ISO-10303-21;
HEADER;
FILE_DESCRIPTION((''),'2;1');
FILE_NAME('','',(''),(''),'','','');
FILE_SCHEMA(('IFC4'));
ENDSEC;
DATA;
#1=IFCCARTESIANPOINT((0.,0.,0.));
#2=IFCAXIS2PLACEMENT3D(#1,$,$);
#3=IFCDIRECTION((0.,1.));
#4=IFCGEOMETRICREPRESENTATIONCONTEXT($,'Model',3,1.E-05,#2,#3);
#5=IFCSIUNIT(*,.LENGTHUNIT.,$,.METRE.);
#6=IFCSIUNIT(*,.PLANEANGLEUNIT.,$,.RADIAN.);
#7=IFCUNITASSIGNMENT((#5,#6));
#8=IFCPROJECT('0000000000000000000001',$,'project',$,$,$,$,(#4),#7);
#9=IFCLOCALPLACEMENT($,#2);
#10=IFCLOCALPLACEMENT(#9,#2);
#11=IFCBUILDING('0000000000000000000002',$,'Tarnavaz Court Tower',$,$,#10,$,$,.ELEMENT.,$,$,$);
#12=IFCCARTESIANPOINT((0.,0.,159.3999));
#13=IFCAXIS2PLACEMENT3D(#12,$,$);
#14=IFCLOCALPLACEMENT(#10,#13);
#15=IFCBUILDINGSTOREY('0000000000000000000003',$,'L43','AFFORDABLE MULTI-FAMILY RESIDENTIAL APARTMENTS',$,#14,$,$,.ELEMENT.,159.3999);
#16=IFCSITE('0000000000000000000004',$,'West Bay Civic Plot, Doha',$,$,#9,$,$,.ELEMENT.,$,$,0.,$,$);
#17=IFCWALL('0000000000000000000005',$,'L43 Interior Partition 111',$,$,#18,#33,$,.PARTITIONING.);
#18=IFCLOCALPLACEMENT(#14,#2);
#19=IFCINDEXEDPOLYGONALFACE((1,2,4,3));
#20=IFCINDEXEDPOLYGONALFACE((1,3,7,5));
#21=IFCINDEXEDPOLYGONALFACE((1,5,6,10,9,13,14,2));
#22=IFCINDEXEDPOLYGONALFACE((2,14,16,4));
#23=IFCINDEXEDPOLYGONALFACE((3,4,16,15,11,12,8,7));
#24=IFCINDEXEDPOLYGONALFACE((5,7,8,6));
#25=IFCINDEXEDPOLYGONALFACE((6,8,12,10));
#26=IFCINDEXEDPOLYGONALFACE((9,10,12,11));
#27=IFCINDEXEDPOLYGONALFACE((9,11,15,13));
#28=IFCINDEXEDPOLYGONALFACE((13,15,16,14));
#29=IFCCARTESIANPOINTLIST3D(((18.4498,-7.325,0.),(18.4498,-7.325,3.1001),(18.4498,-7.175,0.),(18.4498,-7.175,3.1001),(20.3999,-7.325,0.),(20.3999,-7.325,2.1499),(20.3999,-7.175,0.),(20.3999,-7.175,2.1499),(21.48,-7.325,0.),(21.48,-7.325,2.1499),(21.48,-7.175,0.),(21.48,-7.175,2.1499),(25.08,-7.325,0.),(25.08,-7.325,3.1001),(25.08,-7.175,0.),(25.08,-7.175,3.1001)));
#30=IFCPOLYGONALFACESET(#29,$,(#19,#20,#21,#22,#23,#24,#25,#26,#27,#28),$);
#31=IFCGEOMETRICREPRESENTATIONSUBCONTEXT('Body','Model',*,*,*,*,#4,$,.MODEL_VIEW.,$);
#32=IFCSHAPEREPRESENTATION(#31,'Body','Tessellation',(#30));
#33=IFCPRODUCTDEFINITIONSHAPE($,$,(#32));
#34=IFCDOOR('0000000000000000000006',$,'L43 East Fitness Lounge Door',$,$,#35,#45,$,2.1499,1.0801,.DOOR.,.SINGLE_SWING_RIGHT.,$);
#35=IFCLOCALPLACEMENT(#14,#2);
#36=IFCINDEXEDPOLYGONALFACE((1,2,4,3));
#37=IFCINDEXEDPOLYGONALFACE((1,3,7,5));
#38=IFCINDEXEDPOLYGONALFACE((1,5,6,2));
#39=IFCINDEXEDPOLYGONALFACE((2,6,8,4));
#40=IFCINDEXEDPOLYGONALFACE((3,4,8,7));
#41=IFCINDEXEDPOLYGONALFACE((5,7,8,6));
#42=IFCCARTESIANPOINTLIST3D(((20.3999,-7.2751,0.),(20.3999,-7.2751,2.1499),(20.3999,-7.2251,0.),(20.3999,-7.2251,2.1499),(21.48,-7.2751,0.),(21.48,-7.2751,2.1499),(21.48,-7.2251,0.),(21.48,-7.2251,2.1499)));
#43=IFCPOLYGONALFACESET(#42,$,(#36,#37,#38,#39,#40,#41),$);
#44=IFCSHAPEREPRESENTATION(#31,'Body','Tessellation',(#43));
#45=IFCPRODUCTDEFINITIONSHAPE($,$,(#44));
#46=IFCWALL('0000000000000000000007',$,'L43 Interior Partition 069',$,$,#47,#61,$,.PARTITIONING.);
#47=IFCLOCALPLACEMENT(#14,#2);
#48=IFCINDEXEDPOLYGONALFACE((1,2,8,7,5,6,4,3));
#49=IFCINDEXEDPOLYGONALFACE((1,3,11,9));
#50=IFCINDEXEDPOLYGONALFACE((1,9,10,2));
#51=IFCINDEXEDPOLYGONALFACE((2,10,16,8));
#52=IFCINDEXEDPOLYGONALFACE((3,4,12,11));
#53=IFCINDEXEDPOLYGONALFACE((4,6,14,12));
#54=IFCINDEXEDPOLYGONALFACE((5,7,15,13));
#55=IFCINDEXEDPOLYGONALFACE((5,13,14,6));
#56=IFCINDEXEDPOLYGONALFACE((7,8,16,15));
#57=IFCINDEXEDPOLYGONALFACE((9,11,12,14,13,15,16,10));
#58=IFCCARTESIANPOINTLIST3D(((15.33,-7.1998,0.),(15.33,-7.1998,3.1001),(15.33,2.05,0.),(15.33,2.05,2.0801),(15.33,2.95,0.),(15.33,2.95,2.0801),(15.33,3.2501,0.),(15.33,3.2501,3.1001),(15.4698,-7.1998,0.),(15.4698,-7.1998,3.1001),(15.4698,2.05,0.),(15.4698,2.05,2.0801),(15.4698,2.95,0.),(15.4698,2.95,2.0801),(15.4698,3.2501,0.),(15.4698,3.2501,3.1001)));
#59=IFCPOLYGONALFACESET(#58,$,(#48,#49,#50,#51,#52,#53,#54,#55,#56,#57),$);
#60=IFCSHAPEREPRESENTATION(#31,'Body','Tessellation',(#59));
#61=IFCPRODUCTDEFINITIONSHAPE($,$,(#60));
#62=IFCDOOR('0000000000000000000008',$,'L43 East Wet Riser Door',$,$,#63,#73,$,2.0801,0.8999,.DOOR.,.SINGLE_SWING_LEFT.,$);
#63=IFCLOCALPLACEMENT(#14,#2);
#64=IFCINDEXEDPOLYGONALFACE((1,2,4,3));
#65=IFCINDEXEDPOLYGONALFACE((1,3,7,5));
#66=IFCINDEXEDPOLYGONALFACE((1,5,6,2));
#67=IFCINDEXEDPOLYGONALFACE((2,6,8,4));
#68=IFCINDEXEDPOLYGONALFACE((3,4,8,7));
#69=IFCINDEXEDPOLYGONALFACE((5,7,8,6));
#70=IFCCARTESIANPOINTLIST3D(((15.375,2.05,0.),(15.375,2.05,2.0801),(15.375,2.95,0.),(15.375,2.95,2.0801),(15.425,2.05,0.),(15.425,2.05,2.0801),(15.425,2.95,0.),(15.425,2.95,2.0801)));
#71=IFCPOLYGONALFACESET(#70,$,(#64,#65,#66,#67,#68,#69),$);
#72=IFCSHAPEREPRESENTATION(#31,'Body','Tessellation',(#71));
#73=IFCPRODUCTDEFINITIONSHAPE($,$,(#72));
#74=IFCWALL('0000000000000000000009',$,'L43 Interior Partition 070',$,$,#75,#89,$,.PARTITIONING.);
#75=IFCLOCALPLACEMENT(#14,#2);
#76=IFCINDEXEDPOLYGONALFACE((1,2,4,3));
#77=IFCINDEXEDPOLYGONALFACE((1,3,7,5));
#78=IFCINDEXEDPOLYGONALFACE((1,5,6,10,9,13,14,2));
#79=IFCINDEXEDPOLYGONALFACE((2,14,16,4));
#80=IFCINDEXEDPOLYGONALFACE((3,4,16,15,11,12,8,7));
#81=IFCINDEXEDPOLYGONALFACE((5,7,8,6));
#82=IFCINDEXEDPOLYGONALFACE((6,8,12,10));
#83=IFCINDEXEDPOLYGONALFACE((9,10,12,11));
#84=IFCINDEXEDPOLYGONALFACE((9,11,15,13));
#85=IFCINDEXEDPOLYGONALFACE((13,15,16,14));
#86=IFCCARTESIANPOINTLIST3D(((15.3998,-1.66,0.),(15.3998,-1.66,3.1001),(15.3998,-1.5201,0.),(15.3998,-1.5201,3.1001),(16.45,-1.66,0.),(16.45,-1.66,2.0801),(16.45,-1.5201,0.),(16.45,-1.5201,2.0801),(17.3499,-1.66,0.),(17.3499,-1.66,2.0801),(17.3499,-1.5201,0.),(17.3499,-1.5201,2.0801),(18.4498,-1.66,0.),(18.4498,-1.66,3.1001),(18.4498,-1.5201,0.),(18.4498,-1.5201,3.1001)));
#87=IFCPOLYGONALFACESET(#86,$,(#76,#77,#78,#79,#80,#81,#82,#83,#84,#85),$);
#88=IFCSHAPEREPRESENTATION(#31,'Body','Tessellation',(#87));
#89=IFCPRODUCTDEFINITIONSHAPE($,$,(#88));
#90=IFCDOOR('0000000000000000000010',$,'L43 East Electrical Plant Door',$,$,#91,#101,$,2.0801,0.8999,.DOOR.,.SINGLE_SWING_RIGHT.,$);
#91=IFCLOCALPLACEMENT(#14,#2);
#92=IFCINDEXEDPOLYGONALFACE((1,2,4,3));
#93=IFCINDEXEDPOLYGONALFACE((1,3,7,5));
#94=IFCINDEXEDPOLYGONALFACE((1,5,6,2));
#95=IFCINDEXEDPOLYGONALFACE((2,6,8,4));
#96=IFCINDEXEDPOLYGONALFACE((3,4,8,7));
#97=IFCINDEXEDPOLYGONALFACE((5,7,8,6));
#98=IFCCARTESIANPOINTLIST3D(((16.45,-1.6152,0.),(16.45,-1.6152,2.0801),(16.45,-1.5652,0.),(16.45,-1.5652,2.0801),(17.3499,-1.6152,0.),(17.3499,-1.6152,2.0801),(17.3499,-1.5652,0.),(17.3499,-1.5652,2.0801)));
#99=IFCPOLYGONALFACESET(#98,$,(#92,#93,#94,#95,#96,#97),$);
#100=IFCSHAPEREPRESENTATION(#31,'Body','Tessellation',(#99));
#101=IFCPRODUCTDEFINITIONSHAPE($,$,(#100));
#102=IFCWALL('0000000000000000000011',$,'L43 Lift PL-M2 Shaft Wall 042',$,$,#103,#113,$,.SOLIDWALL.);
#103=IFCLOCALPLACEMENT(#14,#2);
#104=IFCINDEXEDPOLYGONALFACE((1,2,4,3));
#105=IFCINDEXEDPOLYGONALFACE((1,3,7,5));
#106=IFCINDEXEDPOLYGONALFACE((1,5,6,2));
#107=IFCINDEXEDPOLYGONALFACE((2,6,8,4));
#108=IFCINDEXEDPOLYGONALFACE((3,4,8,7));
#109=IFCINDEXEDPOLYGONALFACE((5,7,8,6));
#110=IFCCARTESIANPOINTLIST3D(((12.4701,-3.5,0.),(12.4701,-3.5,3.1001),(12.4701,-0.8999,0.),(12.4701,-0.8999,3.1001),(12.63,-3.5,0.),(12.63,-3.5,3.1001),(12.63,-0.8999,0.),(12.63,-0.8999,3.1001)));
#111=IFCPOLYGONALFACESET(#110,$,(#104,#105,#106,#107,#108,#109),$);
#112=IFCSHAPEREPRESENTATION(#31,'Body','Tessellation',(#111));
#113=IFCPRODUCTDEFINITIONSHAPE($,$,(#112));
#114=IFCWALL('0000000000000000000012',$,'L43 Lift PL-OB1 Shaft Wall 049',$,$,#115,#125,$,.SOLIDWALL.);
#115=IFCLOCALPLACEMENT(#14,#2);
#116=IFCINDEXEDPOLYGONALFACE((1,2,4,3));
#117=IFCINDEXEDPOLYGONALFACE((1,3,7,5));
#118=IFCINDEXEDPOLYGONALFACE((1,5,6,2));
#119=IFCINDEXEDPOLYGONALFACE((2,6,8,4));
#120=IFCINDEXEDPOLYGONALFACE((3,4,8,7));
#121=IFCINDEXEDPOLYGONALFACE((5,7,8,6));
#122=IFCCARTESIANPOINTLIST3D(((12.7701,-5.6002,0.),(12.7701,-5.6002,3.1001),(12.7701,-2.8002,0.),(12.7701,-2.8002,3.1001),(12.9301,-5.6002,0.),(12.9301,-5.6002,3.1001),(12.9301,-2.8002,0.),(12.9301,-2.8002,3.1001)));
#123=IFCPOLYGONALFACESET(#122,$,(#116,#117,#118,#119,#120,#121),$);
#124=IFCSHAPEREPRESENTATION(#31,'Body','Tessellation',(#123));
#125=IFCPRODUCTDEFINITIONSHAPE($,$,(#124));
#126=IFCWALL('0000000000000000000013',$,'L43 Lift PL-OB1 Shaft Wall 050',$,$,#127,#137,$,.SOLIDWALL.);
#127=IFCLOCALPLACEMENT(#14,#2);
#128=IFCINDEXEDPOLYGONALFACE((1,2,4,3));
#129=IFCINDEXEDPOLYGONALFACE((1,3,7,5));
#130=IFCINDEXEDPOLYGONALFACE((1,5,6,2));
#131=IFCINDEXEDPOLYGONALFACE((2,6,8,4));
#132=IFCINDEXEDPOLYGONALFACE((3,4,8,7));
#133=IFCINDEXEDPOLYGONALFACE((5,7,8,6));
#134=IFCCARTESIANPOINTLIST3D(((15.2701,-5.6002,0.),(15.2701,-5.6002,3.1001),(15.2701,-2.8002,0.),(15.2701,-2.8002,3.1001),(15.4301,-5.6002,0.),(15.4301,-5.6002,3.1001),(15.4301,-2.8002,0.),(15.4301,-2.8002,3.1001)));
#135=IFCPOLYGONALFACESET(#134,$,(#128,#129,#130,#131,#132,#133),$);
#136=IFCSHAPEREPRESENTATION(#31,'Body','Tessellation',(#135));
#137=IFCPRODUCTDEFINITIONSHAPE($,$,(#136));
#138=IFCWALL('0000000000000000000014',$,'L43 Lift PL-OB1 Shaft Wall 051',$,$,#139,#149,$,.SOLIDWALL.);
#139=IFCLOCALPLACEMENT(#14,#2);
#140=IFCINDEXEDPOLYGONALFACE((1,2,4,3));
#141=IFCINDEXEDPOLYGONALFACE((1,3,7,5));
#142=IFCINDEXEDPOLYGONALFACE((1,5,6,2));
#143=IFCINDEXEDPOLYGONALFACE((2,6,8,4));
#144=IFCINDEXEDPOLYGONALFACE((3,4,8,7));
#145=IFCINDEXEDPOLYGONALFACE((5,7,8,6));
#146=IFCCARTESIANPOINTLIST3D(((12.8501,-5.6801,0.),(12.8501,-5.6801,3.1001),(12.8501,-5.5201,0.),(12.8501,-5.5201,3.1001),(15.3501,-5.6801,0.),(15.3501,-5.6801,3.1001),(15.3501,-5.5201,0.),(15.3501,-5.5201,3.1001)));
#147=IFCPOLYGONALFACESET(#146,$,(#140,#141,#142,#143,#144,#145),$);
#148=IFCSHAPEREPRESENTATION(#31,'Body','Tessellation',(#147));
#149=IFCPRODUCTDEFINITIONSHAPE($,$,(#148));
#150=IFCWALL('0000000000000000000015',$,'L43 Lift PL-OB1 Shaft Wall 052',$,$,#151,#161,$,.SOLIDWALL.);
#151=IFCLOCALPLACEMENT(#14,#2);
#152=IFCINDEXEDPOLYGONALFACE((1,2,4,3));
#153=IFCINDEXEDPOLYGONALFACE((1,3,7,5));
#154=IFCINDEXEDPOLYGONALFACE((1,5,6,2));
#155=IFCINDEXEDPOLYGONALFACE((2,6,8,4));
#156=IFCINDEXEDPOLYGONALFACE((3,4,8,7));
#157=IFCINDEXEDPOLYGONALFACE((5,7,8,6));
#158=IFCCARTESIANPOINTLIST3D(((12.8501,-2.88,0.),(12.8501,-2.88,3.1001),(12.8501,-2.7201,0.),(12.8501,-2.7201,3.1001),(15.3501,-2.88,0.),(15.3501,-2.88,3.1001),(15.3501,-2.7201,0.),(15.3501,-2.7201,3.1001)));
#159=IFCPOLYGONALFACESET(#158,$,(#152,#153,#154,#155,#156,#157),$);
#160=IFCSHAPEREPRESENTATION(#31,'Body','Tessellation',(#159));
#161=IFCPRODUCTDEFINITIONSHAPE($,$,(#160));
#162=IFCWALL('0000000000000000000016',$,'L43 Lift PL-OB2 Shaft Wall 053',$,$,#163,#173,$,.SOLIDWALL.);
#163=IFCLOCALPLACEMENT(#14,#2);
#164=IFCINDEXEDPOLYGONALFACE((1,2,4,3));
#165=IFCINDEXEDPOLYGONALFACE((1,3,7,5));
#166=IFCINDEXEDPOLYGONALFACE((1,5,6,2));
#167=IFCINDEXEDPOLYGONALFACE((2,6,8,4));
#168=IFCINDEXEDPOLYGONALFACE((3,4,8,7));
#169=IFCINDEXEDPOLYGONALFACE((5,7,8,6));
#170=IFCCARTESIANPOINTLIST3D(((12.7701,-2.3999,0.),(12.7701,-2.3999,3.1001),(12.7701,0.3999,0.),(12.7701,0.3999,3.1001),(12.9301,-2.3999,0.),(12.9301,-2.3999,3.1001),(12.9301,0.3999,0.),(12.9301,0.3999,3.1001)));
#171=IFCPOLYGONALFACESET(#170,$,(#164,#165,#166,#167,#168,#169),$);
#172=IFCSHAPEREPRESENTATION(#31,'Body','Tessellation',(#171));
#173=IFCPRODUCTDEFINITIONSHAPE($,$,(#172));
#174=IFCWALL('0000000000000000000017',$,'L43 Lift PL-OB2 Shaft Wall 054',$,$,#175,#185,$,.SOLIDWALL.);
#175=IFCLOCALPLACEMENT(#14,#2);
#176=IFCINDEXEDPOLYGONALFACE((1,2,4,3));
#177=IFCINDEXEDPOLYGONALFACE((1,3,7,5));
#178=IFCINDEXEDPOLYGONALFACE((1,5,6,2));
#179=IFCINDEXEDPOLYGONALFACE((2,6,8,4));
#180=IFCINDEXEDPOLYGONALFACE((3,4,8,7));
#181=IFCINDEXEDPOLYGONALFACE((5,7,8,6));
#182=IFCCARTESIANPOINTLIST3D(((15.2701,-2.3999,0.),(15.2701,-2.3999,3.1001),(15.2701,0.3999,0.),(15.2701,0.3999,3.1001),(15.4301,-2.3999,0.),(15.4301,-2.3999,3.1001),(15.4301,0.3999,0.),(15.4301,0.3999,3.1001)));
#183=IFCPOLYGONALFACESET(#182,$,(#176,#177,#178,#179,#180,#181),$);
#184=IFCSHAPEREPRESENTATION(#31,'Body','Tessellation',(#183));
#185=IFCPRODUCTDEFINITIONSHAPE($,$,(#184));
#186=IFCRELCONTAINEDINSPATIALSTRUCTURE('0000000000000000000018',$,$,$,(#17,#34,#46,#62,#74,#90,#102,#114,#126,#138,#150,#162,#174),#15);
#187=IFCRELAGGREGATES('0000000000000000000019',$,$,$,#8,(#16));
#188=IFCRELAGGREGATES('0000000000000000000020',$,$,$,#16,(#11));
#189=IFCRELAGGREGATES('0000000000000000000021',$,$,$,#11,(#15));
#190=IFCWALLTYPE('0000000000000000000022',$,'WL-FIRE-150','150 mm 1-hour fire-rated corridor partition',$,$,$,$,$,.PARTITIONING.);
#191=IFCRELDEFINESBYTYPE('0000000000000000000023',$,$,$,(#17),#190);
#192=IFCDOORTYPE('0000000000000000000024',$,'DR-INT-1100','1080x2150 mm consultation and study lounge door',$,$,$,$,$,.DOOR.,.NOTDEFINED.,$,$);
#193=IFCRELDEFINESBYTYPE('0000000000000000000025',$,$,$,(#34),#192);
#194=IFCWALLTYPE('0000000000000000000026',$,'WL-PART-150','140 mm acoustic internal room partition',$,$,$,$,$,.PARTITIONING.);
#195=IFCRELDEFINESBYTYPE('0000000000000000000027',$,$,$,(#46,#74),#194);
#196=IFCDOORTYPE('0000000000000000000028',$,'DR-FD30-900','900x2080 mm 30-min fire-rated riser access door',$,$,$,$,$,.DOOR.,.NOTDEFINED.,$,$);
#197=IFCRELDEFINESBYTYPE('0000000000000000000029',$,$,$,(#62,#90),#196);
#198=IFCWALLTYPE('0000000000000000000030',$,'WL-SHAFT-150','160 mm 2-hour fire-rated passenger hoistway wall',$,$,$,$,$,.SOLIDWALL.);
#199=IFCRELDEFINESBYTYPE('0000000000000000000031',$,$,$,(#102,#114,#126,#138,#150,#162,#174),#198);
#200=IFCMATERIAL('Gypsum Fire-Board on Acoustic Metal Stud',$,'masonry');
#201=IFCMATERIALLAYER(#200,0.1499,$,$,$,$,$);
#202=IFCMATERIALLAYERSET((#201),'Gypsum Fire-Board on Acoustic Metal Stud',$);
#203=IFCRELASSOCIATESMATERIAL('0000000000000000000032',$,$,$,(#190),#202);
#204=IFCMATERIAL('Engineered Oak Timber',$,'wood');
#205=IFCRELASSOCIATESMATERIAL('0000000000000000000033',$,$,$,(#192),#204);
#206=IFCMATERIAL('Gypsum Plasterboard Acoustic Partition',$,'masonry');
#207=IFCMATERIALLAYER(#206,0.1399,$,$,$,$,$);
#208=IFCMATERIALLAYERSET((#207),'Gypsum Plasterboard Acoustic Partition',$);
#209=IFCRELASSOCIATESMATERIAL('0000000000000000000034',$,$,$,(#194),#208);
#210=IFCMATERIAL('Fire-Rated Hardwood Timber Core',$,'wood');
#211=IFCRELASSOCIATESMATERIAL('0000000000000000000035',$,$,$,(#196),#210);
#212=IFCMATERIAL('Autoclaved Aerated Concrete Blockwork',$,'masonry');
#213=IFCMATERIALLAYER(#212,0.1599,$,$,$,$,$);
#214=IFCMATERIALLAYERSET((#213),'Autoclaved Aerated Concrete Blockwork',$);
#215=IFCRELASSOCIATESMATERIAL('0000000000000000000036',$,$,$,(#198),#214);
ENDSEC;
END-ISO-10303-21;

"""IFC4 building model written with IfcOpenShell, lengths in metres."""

from ifc_helpers import new_model, si_unit, direction, frame, frame_2d, origin, place, context, subcontext, project, spatial, rectangle, extrude, material, layer, layer_set, type_object, element, fill, save


model = new_model("IFC4")

# Units and contexts
model_context = context("Model", 3, precision=1e-05, world=origin(), true_north=direction((0.0, 1.0)))
body_context = subcontext(model_context, "Body", "Model", "MODEL_VIEW")
ifc_project = project(units=[si_unit("LENGTHUNIT", "METRE"), si_unit("PLANEANGLEUNIT", "RADIAN")], contexts=[model_context])

# Site, building, storey
site_placement = place(None, origin())
site = spatial("IfcSite", under=ifc_project, at=site_placement, Name="West Bay Civic Plot, Doha", CompositionType="ELEMENT", RefElevation=0.0)
building_placement = place(site_placement, origin())
building = spatial("IfcBuilding", under=site, at=building_placement, Name="Tarnavaz Court Tower", CompositionType="ELEMENT")
storey_placement = place(building_placement, frame((0.0, 0.0, 159.3999)))
storey = spatial("IfcBuildingStorey", under=building, at=storey_placement, Name="L43", Description="AFFORDABLE MULTI-FAMILY RESIDENTIAL APARTMENTS", CompositionType="ELEMENT", Elevation=159.3999)

# Walls, openings, doors
ifc_material_1 = material(Name="Gypsum Fire-Board on Acoustic Metal Stud", Category="masonry")
ifc_layer_1 = layer(ifc_material_1, 0.1499)
ifc_layer_set_1 = layer_set([ifc_layer_1], Name="Gypsum Fire-Board on Acoustic Metal Stud")
wall_type_1 = type_object("IfcWallType", Name="WL-FIRE-150", Description="150 mm 1-hour fire-rated corridor partition", PredefinedType="PARTITIONING", material=ifc_layer_set_1)
wall_1_placement = place(storey_placement, frame((18.45, -7.25, 0.0), z_axis=(0.0, 0.0, 1.0), x_axis=(1.0, 0.0, 0.0)))
wall_1 = element("IfcWall", 1, at=wall_1_placement, inside=storey, type_object=wall_type_1, Name="L43 Interior Partition 111", PredefinedType="PARTITIONING", context=body_context, shape_type="SweptSolid", body=[
    extrude(rectangle(XDim=6.6301, YDim=0.1499, at=frame_2d((3.3149, 0.0))), origin(), (0.0, 0.0, 1.0), 3.1001),
])
opening_1_placement = place(wall_1_placement, frame((1.95, 0.0, 0.0)))
opening_1 = element("IfcOpeningElement", 2, at=opening_1_placement, cuts=wall_1, PredefinedType="OPENING", context=body_context, shape_type="SweptSolid", body=[
    extrude(rectangle(XDim=1.0801, YDim=2.1499, at=frame_2d((0.54, 1.075))), frame((0.0, 0.085, 0.0), z_axis=(0.0, -1.0, 0.0), x_axis=(1.0, 0.0, 0.0)), (0.0, 0.0, 1.0), 0.1699),
])
ifc_material_2 = material(Name="Engineered Oak Timber", Category="wood")
door_type_1 = type_object("IfcDoorType", Name="DR-INT-1100", Description="1080x2150 mm consultation and study lounge door", OperationType="NOTDEFINED", PredefinedType="DOOR", material=ifc_material_2)
door_1_placement = place(opening_1_placement, origin())
door_1 = element("IfcDoor", 3, at=door_1_placement, inside=storey, type_object=door_type_1, Name="L43 East Fitness Lounge Door", OperationType="SINGLE_SWING_RIGHT", OverallHeight=2.1499, OverallWidth=1.0801, PredefinedType="DOOR", context=body_context, shape_type="SweptSolid", body=[
    extrude(rectangle(XDim=1.0801, YDim=2.1499, at=frame_2d((0.54, 1.075))), frame((0.0, 0.0249, 0.0), z_axis=(0.0, -1.0, 0.0), x_axis=(1.0, 0.0, 0.0)), (0.0, 0.0, 1.0), 0.05),
])
fill(opening_1, door_1)
ifc_material_3 = material(Name="Gypsum Plasterboard Acoustic Partition", Category="masonry")
ifc_layer_2 = layer(ifc_material_3, 0.1399)
ifc_layer_set_2 = layer_set([ifc_layer_2], Name="Gypsum Plasterboard Acoustic Partition")
wall_type_2 = type_object("IfcWallType", Name="WL-PART-150", Description="140 mm acoustic internal room partition", PredefinedType="PARTITIONING", material=ifc_layer_set_2)
wall_2_placement = place(storey_placement, frame((15.3999, -7.2, 0.0), z_axis=(0.0, 0.0, 1.0), x_axis=(0.0, 1.0, 0.0)))
wall_2 = element("IfcWall", 4, at=wall_2_placement, inside=storey, type_object=wall_type_2, Name="L43 Interior Partition 069", PredefinedType="PARTITIONING", context=body_context, shape_type="SweptSolid", body=[
    extrude(rectangle(XDim=10.45, YDim=0.1399, at=frame_2d((5.2251, 0.0))), origin(), (0.0, 0.0, 1.0), 3.1001),
])
opening_2_placement = place(wall_2_placement, frame((9.25, 0.0, 0.0)))
opening_2 = element("IfcOpeningElement", 5, at=opening_2_placement, cuts=wall_2, PredefinedType="OPENING", context=body_context, shape_type="SweptSolid", body=[
    extrude(rectangle(XDim=0.8999, YDim=2.0801, at=frame_2d((0.45, 1.04))), frame((0.0, 0.0798, 0.0), z_axis=(0.0, -1.0, 0.0), x_axis=(1.0, 0.0, 0.0)), (0.0, 0.0, 1.0), 0.1599),
])
ifc_material_4 = material(Name="Fire-Rated Hardwood Timber Core", Category="wood")
door_type_2 = type_object("IfcDoorType", Name="DR-FD30-900", Description="900x2080 mm 30-min fire-rated riser access door", OperationType="NOTDEFINED", PredefinedType="DOOR", material=ifc_material_4)
door_2_placement = place(opening_2_placement, origin())
door_2 = element("IfcDoor", 6, at=door_2_placement, inside=storey, type_object=door_type_2, Name="L43 East Wet Riser Door", OperationType="SINGLE_SWING_LEFT", OverallHeight=2.0801, OverallWidth=0.8999, PredefinedType="DOOR", context=body_context, shape_type="SweptSolid", body=[
    extrude(rectangle(XDim=0.8999, YDim=2.0801, at=frame_2d((0.45, 1.04))), frame((0.0, 0.0249, 0.0), z_axis=(0.0, -1.0, 0.0), x_axis=(1.0, 0.0, 0.0)), (0.0, 0.0, 1.0), 0.05),
])
fill(opening_2, door_2)
wall_3_placement = place(storey_placement, frame((15.3999, -1.5901, 0.0), z_axis=(0.0, 0.0, 1.0), x_axis=(1.0, 0.0, 0.0)))
wall_3 = element("IfcWall", 7, at=wall_3_placement, inside=storey, type_object=wall_type_2, Name="L43 Interior Partition 070", PredefinedType="PARTITIONING", context=body_context, shape_type="SweptSolid", body=[
    extrude(rectangle(XDim=3.05, YDim=0.1399, at=frame_2d((1.5249, 0.0))), origin(), (0.0, 0.0, 1.0), 3.1001),
])
opening_3_placement = place(wall_3_placement, frame((1.05, 0.0, 0.0)))
opening_3 = element("IfcOpeningElement", 8, at=opening_3_placement, cuts=wall_3, PredefinedType="OPENING", context=body_context, shape_type="SweptSolid", body=[
    extrude(rectangle(XDim=0.8999, YDim=2.0801, at=frame_2d((0.45, 1.04))), frame((0.0, 0.0798, 0.0), z_axis=(0.0, -1.0, 0.0), x_axis=(1.0, 0.0, 0.0)), (0.0, 0.0, 1.0), 0.1599),
])
door_3_placement = place(opening_3_placement, origin())
door_3 = element("IfcDoor", 9, at=door_3_placement, inside=storey, type_object=door_type_2, Name="L43 East Electrical Plant Door", OperationType="SINGLE_SWING_RIGHT", OverallHeight=2.0801, OverallWidth=0.8999, PredefinedType="DOOR", context=body_context, shape_type="SweptSolid", body=[
    extrude(rectangle(XDim=0.8999, YDim=2.0801, at=frame_2d((0.45, 1.04))), frame((0.0, 0.0249, 0.0), z_axis=(0.0, -1.0, 0.0), x_axis=(1.0, 0.0, 0.0)), (0.0, 0.0, 1.0), 0.05),
])
fill(opening_3, door_3)

# Walls
ifc_material_5 = material(Name="Autoclaved Aerated Concrete Blockwork", Category="masonry")
ifc_layer_3 = layer(ifc_material_5, 0.1599)
ifc_layer_set_3 = layer_set([ifc_layer_3], Name="Autoclaved Aerated Concrete Blockwork")
wall_type_3 = type_object("IfcWallType", Name="WL-SHAFT-150", Description="160 mm 2-hour fire-rated passenger hoistway wall", PredefinedType="SOLIDWALL", material=ifc_layer_set_3)
wall_4_placement = place(storey_placement, frame((12.55, -3.5, 0.0), z_axis=(0.0, 0.0, 1.0), x_axis=(0.0, 1.0, 0.0)))
element("IfcWall", 10, at=wall_4_placement, inside=storey, type_object=wall_type_3, Name="L43 Lift PL-M2 Shaft Wall 042", PredefinedType="SOLIDWALL", context=body_context, shape_type="SweptSolid", body=[
    extrude(rectangle(XDim=2.6001, YDim=0.1599, at=frame_2d((1.3, 0.0))), origin(), (0.0, 0.0, 1.0), 3.1001),
])
for number, where, z_axis, x_axis, name in (
    (11, (12.8501, -5.6001, 0.0), (0.0, 0.0, 1.0), (0.0, 1.0, 0.0), "L43 Lift PL-OB1 Shaft Wall 049"),
    (12, (15.3501, -5.6001, 0.0), (0.0, 0.0, 1.0), (0.0, 1.0, 0.0), "L43 Lift PL-OB1 Shaft Wall 050"),
):
    element("IfcWall", number, at=place(storey_placement, frame(where, z_axis=z_axis, x_axis=x_axis)), inside=storey, type_object=wall_type_3, Name=name, PredefinedType="SOLIDWALL", context=body_context, shape_type="SweptSolid", body=[
        extrude(rectangle(XDim=2.8, YDim=0.1599, at=frame_2d((1.3999, 0.0))), origin(), (0.0, 0.0, 1.0), 3.1001),
    ])
for number, where, z_axis, x_axis, name in (
    (13, (12.8501, -5.6001, 0.0), (0.0, 0.0, 1.0), (1.0, 0.0, 0.0), "L43 Lift PL-OB1 Shaft Wall 051"),
    (14, (12.8501, -2.8, 0.0), (0.0, 0.0, 1.0), (1.0, 0.0, 0.0), "L43 Lift PL-OB1 Shaft Wall 052"),
):
    element("IfcWall", number, at=place(storey_placement, frame(where, z_axis=z_axis, x_axis=x_axis)), inside=storey, type_object=wall_type_3, Name=name, PredefinedType="SOLIDWALL", context=body_context, shape_type="SweptSolid", body=[
        extrude(rectangle(XDim=2.5, YDim=0.1599, at=frame_2d((1.25, 0.0))), origin(), (0.0, 0.0, 1.0), 3.1001),
    ])
for number, where, z_axis, x_axis, name in (
    (15, (12.8501, -2.3999, 0.0), (0.0, 0.0, 1.0), (0.0, 1.0, 0.0), "L43 Lift PL-OB2 Shaft Wall 053"),
    (16, (15.3501, -2.3999, 0.0), (0.0, 0.0, 1.0), (0.0, 1.0, 0.0), "L43 Lift PL-OB2 Shaft Wall 054"),
):
    element("IfcWall", number, at=place(storey_placement, frame(where, z_axis=z_axis, x_axis=x_axis)), inside=storey, type_object=wall_type_3, Name=name, PredefinedType="SOLIDWALL", context=body_context, shape_type="SweptSolid", body=[
        extrude(rectangle(XDim=2.7998, YDim=0.1599, at=frame_2d((1.3999, 0.0))), origin(), (0.0, 0.0, 1.0), 3.1001),
    ])

save(model, "model.ifc")
